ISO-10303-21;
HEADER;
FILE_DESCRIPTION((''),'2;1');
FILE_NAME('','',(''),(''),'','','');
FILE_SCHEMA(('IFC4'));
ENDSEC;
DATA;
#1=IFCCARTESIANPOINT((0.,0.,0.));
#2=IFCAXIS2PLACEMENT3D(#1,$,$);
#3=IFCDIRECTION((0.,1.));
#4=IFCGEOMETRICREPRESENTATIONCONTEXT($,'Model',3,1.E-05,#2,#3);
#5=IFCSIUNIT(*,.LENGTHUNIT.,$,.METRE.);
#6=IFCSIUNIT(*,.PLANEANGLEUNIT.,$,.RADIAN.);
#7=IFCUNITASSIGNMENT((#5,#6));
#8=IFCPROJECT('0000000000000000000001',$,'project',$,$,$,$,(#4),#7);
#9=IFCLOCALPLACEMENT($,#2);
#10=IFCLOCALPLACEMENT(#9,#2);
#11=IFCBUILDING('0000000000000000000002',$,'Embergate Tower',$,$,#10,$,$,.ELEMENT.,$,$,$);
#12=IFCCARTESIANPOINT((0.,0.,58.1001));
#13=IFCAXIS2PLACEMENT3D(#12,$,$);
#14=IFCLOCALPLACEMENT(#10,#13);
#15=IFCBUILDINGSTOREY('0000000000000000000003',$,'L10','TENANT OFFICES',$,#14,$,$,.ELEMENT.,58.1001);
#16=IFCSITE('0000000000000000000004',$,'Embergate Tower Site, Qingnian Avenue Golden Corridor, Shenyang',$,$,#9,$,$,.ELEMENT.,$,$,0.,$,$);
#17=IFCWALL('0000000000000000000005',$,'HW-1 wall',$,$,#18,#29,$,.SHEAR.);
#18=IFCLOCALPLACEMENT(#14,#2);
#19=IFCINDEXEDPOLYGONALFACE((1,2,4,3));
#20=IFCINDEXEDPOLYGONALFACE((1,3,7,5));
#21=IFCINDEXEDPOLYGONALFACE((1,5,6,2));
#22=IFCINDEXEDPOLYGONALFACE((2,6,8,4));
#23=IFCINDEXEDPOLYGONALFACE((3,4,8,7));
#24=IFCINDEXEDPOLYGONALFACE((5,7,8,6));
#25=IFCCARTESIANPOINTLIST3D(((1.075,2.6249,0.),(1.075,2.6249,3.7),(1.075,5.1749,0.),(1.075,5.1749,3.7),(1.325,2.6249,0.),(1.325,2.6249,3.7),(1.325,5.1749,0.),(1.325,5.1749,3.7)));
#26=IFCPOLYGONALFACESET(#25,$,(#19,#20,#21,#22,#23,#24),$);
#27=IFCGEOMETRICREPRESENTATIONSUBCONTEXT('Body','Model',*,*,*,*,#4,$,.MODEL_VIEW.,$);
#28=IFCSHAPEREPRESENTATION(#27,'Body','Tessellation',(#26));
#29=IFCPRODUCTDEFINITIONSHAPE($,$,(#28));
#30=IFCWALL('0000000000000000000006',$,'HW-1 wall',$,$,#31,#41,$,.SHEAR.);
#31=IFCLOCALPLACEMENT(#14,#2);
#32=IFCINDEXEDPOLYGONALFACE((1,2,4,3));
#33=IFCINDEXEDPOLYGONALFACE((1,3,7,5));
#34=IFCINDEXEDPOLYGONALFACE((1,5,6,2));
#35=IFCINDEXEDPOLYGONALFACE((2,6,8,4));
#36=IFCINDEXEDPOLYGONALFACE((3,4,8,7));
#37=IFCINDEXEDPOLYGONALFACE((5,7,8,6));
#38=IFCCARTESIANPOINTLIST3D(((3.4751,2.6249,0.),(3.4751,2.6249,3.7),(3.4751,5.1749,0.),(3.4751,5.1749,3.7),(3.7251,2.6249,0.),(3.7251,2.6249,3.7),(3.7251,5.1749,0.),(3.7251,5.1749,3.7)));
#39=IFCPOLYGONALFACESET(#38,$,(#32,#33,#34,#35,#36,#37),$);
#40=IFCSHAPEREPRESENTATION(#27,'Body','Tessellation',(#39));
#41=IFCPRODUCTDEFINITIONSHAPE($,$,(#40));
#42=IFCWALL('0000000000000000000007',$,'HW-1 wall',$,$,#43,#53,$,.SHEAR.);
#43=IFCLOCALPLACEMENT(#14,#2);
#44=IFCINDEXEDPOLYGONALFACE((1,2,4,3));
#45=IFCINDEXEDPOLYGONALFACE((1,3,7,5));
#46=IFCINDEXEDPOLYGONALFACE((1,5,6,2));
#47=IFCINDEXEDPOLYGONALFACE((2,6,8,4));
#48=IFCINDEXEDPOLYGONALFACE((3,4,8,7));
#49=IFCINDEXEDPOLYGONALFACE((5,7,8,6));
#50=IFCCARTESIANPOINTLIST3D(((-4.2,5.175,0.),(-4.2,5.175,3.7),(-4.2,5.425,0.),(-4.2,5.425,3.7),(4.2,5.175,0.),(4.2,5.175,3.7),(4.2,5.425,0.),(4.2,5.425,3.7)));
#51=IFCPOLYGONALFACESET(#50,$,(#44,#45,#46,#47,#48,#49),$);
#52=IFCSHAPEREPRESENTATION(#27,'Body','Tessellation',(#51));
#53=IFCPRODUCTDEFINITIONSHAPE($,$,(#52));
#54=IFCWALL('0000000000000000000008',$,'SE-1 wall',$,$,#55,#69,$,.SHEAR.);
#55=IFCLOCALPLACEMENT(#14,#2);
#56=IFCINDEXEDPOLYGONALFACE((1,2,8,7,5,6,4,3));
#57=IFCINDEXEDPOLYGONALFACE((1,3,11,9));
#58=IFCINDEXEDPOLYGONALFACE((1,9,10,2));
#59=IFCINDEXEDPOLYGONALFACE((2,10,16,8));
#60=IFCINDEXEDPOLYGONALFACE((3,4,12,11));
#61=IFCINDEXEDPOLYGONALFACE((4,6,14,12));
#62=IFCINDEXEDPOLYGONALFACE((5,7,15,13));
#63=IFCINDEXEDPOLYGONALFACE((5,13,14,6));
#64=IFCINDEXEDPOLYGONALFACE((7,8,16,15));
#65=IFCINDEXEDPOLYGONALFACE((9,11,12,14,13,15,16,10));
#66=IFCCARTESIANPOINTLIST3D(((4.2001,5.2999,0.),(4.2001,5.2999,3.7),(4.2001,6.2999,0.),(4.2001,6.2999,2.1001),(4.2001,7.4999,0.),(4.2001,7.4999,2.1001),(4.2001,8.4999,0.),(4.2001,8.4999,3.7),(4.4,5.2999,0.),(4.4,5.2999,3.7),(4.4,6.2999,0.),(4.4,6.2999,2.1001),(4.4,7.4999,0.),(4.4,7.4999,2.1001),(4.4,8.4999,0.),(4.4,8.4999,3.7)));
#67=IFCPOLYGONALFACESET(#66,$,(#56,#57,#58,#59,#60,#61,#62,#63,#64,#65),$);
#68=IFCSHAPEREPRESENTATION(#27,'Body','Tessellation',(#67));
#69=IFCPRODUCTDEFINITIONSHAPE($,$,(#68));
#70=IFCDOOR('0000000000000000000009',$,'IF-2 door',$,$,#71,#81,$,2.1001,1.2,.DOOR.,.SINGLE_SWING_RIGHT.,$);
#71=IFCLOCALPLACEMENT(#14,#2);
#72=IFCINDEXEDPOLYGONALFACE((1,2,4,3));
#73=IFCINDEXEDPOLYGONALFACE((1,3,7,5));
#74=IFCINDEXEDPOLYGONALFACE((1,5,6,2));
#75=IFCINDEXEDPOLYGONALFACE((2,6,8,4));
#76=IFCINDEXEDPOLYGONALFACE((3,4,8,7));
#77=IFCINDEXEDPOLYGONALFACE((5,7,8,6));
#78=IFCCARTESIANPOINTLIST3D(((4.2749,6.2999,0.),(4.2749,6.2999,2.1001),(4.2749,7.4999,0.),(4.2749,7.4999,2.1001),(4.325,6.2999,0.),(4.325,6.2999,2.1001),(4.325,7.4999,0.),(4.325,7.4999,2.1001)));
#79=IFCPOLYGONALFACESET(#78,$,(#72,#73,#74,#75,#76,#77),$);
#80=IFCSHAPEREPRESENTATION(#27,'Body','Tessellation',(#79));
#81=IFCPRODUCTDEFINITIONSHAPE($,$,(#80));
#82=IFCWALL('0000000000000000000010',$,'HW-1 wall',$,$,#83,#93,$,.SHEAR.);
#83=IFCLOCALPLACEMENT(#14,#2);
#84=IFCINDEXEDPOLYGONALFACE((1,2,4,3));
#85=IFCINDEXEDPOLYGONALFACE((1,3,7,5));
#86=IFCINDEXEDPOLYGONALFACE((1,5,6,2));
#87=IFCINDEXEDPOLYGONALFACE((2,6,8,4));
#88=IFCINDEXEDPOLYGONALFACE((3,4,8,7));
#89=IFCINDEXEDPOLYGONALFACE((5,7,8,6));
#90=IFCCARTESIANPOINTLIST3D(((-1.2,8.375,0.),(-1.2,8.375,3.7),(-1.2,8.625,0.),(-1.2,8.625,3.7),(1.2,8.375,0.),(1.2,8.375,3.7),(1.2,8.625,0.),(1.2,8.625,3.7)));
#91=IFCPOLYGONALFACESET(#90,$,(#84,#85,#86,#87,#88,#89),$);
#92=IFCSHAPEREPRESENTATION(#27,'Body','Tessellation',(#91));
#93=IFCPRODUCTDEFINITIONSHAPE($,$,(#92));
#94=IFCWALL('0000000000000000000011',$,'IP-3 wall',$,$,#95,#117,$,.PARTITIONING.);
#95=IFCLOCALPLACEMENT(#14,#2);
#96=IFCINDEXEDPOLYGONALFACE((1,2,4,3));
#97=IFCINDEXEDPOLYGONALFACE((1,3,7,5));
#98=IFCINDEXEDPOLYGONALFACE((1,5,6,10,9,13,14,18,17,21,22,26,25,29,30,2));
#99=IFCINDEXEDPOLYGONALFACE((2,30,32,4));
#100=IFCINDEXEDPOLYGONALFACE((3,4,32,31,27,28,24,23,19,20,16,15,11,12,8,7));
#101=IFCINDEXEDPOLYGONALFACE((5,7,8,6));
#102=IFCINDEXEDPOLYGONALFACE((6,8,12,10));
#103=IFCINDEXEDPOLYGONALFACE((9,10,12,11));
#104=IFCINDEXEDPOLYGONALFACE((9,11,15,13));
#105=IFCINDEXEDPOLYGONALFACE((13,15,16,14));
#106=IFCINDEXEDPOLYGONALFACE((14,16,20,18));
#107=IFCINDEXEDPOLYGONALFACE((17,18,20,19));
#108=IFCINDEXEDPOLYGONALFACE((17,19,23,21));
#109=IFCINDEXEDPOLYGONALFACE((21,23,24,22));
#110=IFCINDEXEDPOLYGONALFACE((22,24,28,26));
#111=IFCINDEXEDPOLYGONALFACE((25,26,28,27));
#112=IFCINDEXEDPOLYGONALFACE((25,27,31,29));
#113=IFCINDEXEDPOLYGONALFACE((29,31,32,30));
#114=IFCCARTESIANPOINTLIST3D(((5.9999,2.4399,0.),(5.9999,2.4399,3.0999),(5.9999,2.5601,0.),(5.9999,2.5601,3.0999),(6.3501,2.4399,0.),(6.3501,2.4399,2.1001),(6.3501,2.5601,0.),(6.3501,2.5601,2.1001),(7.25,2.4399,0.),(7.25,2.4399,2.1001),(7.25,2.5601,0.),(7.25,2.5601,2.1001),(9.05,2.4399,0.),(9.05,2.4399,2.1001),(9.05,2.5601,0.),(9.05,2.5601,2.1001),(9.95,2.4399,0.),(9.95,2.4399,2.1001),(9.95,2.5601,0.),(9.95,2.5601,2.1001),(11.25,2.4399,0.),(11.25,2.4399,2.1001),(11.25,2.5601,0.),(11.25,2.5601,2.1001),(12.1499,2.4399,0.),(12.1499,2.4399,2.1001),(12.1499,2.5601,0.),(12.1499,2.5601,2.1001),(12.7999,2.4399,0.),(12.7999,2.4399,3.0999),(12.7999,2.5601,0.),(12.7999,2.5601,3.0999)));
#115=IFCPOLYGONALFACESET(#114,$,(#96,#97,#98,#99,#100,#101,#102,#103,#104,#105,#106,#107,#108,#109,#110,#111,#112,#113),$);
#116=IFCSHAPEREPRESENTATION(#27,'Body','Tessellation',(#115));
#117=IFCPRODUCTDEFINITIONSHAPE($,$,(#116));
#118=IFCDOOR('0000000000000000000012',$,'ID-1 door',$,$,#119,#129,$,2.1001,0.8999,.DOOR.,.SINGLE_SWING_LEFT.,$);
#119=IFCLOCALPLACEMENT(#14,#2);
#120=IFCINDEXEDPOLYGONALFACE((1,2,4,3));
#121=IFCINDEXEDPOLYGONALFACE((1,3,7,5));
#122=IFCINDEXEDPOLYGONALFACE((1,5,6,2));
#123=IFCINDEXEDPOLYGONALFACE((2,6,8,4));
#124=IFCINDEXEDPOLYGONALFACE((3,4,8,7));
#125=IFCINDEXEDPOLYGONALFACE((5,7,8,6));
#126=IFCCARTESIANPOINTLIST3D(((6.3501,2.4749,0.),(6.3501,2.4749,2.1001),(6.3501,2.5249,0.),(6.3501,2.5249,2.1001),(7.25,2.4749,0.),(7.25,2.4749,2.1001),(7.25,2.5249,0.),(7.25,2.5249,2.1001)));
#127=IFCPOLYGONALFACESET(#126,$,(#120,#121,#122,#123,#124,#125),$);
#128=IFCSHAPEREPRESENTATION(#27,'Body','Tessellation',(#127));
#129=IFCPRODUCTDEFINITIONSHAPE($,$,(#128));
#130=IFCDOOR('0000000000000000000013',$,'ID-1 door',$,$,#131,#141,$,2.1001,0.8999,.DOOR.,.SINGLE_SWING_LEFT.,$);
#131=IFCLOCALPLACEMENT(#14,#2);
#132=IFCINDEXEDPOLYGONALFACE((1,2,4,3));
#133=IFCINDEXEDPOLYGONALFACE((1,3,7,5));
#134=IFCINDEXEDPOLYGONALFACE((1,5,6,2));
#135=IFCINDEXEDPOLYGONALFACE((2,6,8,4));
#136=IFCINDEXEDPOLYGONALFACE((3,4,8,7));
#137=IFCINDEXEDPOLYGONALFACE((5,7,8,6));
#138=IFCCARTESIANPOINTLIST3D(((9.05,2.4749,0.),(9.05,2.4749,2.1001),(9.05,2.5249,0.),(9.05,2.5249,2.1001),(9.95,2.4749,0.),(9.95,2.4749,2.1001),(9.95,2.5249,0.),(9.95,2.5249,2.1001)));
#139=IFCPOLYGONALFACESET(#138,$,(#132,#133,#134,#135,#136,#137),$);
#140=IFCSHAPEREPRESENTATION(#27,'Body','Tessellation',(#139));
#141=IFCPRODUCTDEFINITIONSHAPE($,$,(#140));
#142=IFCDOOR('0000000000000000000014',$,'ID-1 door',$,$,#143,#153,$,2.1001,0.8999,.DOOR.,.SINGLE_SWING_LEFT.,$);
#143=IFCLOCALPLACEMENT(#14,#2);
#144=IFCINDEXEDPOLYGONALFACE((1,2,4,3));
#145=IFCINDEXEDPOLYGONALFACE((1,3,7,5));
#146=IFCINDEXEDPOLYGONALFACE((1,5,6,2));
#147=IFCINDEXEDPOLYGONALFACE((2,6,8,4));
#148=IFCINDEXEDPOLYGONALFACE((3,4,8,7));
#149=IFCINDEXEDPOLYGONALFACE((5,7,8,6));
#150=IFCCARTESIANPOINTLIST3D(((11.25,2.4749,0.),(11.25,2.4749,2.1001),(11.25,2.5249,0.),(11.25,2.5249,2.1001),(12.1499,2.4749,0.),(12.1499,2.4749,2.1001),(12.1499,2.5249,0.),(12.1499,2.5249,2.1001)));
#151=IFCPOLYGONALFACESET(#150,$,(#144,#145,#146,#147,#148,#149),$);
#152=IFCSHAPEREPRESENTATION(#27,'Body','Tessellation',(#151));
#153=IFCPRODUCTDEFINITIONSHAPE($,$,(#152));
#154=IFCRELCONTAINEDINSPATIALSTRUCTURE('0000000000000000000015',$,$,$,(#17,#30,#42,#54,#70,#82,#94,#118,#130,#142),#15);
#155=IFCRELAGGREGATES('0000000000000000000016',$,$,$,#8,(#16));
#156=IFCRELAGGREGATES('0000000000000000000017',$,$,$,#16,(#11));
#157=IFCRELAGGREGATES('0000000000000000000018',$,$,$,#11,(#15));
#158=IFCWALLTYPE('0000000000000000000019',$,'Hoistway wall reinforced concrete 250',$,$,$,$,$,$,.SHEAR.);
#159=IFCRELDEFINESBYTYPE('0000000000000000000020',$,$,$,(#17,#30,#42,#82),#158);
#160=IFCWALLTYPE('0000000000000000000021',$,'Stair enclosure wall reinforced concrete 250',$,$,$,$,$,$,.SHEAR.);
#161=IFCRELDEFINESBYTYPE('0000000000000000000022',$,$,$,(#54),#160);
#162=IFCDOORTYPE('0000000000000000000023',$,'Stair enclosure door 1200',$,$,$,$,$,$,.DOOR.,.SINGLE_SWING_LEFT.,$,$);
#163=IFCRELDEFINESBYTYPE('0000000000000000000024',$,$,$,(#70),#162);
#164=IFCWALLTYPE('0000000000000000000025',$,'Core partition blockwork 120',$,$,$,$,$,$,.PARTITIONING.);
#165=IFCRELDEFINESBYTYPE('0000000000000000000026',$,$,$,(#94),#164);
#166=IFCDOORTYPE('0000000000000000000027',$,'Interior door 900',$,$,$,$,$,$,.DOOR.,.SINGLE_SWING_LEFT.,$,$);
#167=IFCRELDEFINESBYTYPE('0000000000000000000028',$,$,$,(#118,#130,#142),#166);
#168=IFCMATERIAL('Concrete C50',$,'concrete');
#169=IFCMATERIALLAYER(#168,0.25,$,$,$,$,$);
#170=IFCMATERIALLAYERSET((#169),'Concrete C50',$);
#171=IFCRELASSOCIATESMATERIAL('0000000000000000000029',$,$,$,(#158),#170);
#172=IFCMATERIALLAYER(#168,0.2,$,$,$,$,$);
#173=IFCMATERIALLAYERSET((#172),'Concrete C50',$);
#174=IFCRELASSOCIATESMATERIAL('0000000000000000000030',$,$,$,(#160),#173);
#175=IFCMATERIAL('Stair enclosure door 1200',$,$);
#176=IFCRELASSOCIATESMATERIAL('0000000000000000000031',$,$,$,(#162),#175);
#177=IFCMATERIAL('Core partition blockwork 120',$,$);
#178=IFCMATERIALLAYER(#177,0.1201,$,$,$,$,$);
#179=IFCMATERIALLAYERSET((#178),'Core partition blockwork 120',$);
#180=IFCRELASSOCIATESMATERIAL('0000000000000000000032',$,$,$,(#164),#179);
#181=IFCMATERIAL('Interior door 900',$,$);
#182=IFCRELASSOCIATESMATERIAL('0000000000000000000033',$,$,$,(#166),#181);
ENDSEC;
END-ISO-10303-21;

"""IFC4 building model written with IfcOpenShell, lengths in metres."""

from ifc_helpers import new_model, si_unit, direction, frame, frame_2d, origin, place, context, subcontext, project, spatial, rectangle, extrude, source, transform, mapped, material, layer, layer_set, type_object, element, fill, save


model = new_model("IFC4")

# Units and contexts
model_context = context("Model", 3, precision=1e-05, world=origin(), true_north=direction((0.0, 1.0)))
body_context = subcontext(model_context, "Body", "Model", "MODEL_VIEW")
ifc_project = project(units=[si_unit("LENGTHUNIT", "METRE"), si_unit("PLANEANGLEUNIT", "RADIAN")], contexts=[model_context])

# Site, building, storey
site_placement = place(None, origin())
site = spatial("IfcSite", under=ifc_project, at=site_placement, Name="Embergate Tower Site, Qingnian Avenue Golden Corridor, Shenyang", CompositionType="ELEMENT", RefElevation=0.0)
building_placement = place(site_placement, origin())
building = spatial("IfcBuilding", under=site, at=building_placement, Name="Embergate Tower", CompositionType="ELEMENT")
storey_placement = place(building_placement, frame((0.0, 0.0, 58.1001)))
storey = spatial("IfcBuildingStorey", under=building, at=storey_placement, Name="L10", Description="TENANT OFFICES", CompositionType="ELEMENT", Elevation=58.1001)

# Walls
ifc_material_1 = material(Name="Concrete C50", Category="concrete")
ifc_layer_1 = layer(ifc_material_1, 0.25)
ifc_layer_set_1 = layer_set([ifc_layer_1], Name="Concrete C50")
wall_type_1 = type_object("IfcWallType", Name="Hoistway wall reinforced concrete 250", PredefinedType="SHEAR", material=ifc_layer_set_1)
shared_shape_1 = source(origin(), body_context, "Body", "SweptSolid", [
    extrude(rectangle(XDim=2.55, YDim=0.25, at=frame_2d((1.2749, 0.0))), origin(), (0.0, 0.0, 1.0), 3.7),
])
for number, where, z_axis, x_axis, name in (
    (1, (1.2, 2.625, 0.0), (0.0, 0.0, 1.0), (0.0, 1.0, 0.0), "HW-1 wall"),
    (2, (3.6001, 2.625, 0.0), (0.0, 0.0, 1.0), (0.0, 1.0, 0.0), "HW-1 wall"),
):
    element("IfcWall", number, at=place(storey_placement, frame(where, z_axis=z_axis, x_axis=x_axis)), inside=storey, type_object=wall_type_1, Name=name, PredefinedType="SHEAR", context=body_context, shape_type="MappedRepresentation", body=[
        mapped(shared_shape_1, transform((0.0, 0.0, 0.0))),
    ])
shared_shape_2 = source(origin(), body_context, "Body", "SweptSolid", [
    extrude(rectangle(XDim=8.3999, YDim=0.25, at=frame_2d((4.2, 0.0))), origin(), (0.0, 0.0, 1.0), 3.7),
])
wall_1_placement = place(storey_placement, frame((4.2, 5.3, 0.0), z_axis=(0.0, 0.0, 1.0), x_axis=(-1.0, 0.0, 0.0)))
element("IfcWall", 3, at=wall_1_placement, inside=storey, type_object=wall_type_1, Name="HW-1 wall", PredefinedType="SHEAR", context=body_context, shape_type="MappedRepresentation", body=[
    mapped(shared_shape_2, transform((0.0, 0.0, 0.0))),
])

# Wall, opening, door
ifc_layer_2 = layer(ifc_material_1, 0.2)
ifc_layer_set_2 = layer_set([ifc_layer_2], Name="Concrete C50")
wall_type_2 = type_object("IfcWallType", Name="Stair enclosure wall reinforced concrete 250", PredefinedType="SHEAR", material=ifc_layer_set_2)
shared_shape_3 = source(origin(), body_context, "Body", "SweptSolid", [
    extrude(rectangle(XDim=3.2, YDim=0.2, at=frame_2d((1.6001, 0.0))), origin(), (0.0, 0.0, 1.0), 3.7),
])
wall_2_placement = place(storey_placement, frame((4.3, 8.5, 0.0), z_axis=(0.0, 0.0, 1.0), x_axis=(0.0, -1.0, 0.0)))
wall_2 = element("IfcWall", 4, at=wall_2_placement, inside=storey, type_object=wall_type_2, Name="SE-1 wall", PredefinedType="SHEAR", context=body_context, shape_type="MappedRepresentation", body=[
    mapped(shared_shape_3, transform((0.0, 0.0, 0.0))),
])
shared_shape_4 = source(origin(), body_context, "Body", "SweptSolid", [
    extrude(rectangle(XDim=1.2, YDim=2.1001, at=frame_2d((0.6001, 1.05))), frame((0.0, 0.1099, 0.0), z_axis=(0.0, -1.0, 0.0), x_axis=(1.0, 0.0, 0.0)), (0.0, 0.0, 1.0), 0.22),
])
opening_1_placement = place(wall_2_placement, frame((1.0, 0.0, 0.0)))
opening_1 = element("IfcOpeningElement", 5, at=opening_1_placement, cuts=wall_2, PredefinedType="OPENING", context=body_context, shape_type="MappedRepresentation", body=[
    mapped(shared_shape_4, transform((0.0, 0.0, 0.0))),
])
ifc_material_2 = material(Name="Stair enclosure door 1200")
door_type_1 = type_object("IfcDoorType", Name="Stair enclosure door 1200", OperationType="SINGLE_SWING_LEFT", PredefinedType="DOOR", material=ifc_material_2)
shared_shape_5 = source(origin(), body_context, "Body", "SweptSolid", [
    extrude(rectangle(XDim=1.2, YDim=2.1001, at=frame_2d((0.6001, 1.05))), frame((0.0, 0.0249, 0.0), z_axis=(0.0, -1.0, 0.0), x_axis=(1.0, 0.0, 0.0)), (0.0, 0.0, 1.0), 0.05),
])
door_1_placement = place(opening_1_placement, origin())
door_1 = element("IfcDoor", 6, at=door_1_placement, inside=storey, type_object=door_type_1, Name="IF-2 door", OperationType="SINGLE_SWING_RIGHT", OverallHeight=2.1001, OverallWidth=1.2, PredefinedType="DOOR", context=body_context, shape_type="MappedRepresentation", body=[
    mapped(shared_shape_5, transform((0.0, 0.0, 0.0))),
])
fill(opening_1, door_1)

# Wall
shared_shape_6 = source(origin(), body_context, "Body", "SweptSolid", [
    extrude(rectangle(XDim=2.3999, YDim=0.25, at=frame_2d((1.2, 0.0))), origin(), (0.0, 0.0, 1.0), 3.7),
])
wall_3_placement = place(storey_placement, frame((1.2, 8.5, 0.0), z_axis=(0.0, 0.0, 1.0), x_axis=(-1.0, 0.0, 0.0)))
element("IfcWall", 7, at=wall_3_placement, inside=storey, type_object=wall_type_1, Name="HW-1 wall", PredefinedType="SHEAR", context=body_context, shape_type="MappedRepresentation", body=[
    mapped(shared_shape_6, transform((0.0, 0.0, 0.0))),
])

# Wall, openings, doors
ifc_material_3 = material(Name="Core partition blockwork 120")
ifc_layer_3 = layer(ifc_material_3, 0.1201)
ifc_layer_set_3 = layer_set([ifc_layer_3], Name="Core partition blockwork 120")
wall_type_3 = type_object("IfcWallType", Name="Core partition blockwork 120", PredefinedType="PARTITIONING", material=ifc_layer_set_3)
shared_shape_7 = source(origin(), body_context, "Body", "SweptSolid", [
    extrude(rectangle(XDim=6.8, YDim=0.1201, at=frame_2d((3.3999, 0.0))), origin(), (0.0, 0.0, 1.0), 3.0999),
])
wall_4_placement = place(storey_placement, frame((6.0, 2.5, 0.0), z_axis=(0.0, 0.0, 1.0), x_axis=(1.0, 0.0, 0.0)))
wall_4 = element("IfcWall", 8, at=wall_4_placement, inside=storey, type_object=wall_type_3, Name="IP-3 wall", PredefinedType="PARTITIONING", context=body_context, shape_type="MappedRepresentation", body=[
    mapped(shared_shape_7, transform((0.0, 0.0, 0.0))),
])
shared_shape_8 = source(origin(), body_context, "Body", "SweptSolid", [
    extrude(rectangle(XDim=0.8999, YDim=2.1001, at=frame_2d((0.45, 1.05))), frame((0.0, 0.0701, 0.0), z_axis=(0.0, -1.0, 0.0), x_axis=(1.0, 0.0, 0.0)), (0.0, 0.0, 1.0), 0.1401),
])
opening_2_placement = place(wall_4_placement, frame((0.3501, 0.0, 0.0)))
opening_2 = element("IfcOpeningElement", 9, at=opening_2_placement, cuts=wall_4, PredefinedType="OPENING", context=body_context, shape_type="MappedRepresentation", body=[
    mapped(shared_shape_8, transform((0.0, 0.0, 0.0))),
])
opening_3_placement = place(wall_4_placement, frame((3.05, 0.0, 0.0)))
opening_3 = element("IfcOpeningElement", 10, at=opening_3_placement, cuts=wall_4, PredefinedType="OPENING", context=body_context, shape_type="MappedRepresentation", body=[
    mapped(shared_shape_8, transform((0.0, 0.0, 0.0))),
])
opening_4_placement = place(wall_4_placement, frame((5.25, 0.0, 0.0)))
opening_4 = element("IfcOpeningElement", 11, at=opening_4_placement, cuts=wall_4, PredefinedType="OPENING", context=body_context, shape_type="MappedRepresentation", body=[
    mapped(shared_shape_8, transform((0.0, 0.0, 0.0))),
])
ifc_material_4 = material(Name="Interior door 900")
door_type_2 = type_object("IfcDoorType", Name="Interior door 900", OperationType="SINGLE_SWING_LEFT", PredefinedType="DOOR", material=ifc_material_4)
shared_shape_9 = source(origin(), body_context, "Body", "SweptSolid", [
    extrude(rectangle(XDim=0.8999, YDim=2.1001, at=frame_2d((0.45, 1.05))), frame((0.0, 0.0249, 0.0), z_axis=(0.0, -1.0, 0.0), x_axis=(1.0, 0.0, 0.0)), (0.0, 0.0, 1.0), 0.05),
])
door_2_placement = place(opening_2_placement, origin())
door_2 = element("IfcDoor", 12, at=door_2_placement, inside=storey, type_object=door_type_2, Name="ID-1 door", OperationType="SINGLE_SWING_LEFT", OverallHeight=2.1001, OverallWidth=0.8999, PredefinedType="DOOR", context=body_context, shape_type="MappedRepresentation", body=[
    mapped(shared_shape_9, transform((0.0, 0.0, 0.0))),
])
fill(opening_2, door_2)
door_3_placement = place(opening_3_placement, origin())
door_3 = element("IfcDoor", 13, at=door_3_placement, inside=storey, type_object=door_type_2, Name="ID-1 door", OperationType="SINGLE_SWING_LEFT", OverallHeight=2.1001, OverallWidth=0.8999, PredefinedType="DOOR", context=body_context, shape_type="MappedRepresentation", body=[
    mapped(shared_shape_9, transform((0.0, 0.0, 0.0))),
])
fill(opening_3, door_3)
door_4_placement = place(opening_4_placement, origin())
door_4 = element("IfcDoor", 14, at=door_4_placement, inside=storey, type_object=door_type_2, Name="ID-1 door", OperationType="SINGLE_SWING_LEFT", OverallHeight=2.1001, OverallWidth=0.8999, PredefinedType="DOOR", context=body_context, shape_type="MappedRepresentation", body=[
    mapped(shared_shape_9, transform((0.0, 0.0, 0.0))),
])
fill(opening_4, door_4)

save(model, "model.ifc")
